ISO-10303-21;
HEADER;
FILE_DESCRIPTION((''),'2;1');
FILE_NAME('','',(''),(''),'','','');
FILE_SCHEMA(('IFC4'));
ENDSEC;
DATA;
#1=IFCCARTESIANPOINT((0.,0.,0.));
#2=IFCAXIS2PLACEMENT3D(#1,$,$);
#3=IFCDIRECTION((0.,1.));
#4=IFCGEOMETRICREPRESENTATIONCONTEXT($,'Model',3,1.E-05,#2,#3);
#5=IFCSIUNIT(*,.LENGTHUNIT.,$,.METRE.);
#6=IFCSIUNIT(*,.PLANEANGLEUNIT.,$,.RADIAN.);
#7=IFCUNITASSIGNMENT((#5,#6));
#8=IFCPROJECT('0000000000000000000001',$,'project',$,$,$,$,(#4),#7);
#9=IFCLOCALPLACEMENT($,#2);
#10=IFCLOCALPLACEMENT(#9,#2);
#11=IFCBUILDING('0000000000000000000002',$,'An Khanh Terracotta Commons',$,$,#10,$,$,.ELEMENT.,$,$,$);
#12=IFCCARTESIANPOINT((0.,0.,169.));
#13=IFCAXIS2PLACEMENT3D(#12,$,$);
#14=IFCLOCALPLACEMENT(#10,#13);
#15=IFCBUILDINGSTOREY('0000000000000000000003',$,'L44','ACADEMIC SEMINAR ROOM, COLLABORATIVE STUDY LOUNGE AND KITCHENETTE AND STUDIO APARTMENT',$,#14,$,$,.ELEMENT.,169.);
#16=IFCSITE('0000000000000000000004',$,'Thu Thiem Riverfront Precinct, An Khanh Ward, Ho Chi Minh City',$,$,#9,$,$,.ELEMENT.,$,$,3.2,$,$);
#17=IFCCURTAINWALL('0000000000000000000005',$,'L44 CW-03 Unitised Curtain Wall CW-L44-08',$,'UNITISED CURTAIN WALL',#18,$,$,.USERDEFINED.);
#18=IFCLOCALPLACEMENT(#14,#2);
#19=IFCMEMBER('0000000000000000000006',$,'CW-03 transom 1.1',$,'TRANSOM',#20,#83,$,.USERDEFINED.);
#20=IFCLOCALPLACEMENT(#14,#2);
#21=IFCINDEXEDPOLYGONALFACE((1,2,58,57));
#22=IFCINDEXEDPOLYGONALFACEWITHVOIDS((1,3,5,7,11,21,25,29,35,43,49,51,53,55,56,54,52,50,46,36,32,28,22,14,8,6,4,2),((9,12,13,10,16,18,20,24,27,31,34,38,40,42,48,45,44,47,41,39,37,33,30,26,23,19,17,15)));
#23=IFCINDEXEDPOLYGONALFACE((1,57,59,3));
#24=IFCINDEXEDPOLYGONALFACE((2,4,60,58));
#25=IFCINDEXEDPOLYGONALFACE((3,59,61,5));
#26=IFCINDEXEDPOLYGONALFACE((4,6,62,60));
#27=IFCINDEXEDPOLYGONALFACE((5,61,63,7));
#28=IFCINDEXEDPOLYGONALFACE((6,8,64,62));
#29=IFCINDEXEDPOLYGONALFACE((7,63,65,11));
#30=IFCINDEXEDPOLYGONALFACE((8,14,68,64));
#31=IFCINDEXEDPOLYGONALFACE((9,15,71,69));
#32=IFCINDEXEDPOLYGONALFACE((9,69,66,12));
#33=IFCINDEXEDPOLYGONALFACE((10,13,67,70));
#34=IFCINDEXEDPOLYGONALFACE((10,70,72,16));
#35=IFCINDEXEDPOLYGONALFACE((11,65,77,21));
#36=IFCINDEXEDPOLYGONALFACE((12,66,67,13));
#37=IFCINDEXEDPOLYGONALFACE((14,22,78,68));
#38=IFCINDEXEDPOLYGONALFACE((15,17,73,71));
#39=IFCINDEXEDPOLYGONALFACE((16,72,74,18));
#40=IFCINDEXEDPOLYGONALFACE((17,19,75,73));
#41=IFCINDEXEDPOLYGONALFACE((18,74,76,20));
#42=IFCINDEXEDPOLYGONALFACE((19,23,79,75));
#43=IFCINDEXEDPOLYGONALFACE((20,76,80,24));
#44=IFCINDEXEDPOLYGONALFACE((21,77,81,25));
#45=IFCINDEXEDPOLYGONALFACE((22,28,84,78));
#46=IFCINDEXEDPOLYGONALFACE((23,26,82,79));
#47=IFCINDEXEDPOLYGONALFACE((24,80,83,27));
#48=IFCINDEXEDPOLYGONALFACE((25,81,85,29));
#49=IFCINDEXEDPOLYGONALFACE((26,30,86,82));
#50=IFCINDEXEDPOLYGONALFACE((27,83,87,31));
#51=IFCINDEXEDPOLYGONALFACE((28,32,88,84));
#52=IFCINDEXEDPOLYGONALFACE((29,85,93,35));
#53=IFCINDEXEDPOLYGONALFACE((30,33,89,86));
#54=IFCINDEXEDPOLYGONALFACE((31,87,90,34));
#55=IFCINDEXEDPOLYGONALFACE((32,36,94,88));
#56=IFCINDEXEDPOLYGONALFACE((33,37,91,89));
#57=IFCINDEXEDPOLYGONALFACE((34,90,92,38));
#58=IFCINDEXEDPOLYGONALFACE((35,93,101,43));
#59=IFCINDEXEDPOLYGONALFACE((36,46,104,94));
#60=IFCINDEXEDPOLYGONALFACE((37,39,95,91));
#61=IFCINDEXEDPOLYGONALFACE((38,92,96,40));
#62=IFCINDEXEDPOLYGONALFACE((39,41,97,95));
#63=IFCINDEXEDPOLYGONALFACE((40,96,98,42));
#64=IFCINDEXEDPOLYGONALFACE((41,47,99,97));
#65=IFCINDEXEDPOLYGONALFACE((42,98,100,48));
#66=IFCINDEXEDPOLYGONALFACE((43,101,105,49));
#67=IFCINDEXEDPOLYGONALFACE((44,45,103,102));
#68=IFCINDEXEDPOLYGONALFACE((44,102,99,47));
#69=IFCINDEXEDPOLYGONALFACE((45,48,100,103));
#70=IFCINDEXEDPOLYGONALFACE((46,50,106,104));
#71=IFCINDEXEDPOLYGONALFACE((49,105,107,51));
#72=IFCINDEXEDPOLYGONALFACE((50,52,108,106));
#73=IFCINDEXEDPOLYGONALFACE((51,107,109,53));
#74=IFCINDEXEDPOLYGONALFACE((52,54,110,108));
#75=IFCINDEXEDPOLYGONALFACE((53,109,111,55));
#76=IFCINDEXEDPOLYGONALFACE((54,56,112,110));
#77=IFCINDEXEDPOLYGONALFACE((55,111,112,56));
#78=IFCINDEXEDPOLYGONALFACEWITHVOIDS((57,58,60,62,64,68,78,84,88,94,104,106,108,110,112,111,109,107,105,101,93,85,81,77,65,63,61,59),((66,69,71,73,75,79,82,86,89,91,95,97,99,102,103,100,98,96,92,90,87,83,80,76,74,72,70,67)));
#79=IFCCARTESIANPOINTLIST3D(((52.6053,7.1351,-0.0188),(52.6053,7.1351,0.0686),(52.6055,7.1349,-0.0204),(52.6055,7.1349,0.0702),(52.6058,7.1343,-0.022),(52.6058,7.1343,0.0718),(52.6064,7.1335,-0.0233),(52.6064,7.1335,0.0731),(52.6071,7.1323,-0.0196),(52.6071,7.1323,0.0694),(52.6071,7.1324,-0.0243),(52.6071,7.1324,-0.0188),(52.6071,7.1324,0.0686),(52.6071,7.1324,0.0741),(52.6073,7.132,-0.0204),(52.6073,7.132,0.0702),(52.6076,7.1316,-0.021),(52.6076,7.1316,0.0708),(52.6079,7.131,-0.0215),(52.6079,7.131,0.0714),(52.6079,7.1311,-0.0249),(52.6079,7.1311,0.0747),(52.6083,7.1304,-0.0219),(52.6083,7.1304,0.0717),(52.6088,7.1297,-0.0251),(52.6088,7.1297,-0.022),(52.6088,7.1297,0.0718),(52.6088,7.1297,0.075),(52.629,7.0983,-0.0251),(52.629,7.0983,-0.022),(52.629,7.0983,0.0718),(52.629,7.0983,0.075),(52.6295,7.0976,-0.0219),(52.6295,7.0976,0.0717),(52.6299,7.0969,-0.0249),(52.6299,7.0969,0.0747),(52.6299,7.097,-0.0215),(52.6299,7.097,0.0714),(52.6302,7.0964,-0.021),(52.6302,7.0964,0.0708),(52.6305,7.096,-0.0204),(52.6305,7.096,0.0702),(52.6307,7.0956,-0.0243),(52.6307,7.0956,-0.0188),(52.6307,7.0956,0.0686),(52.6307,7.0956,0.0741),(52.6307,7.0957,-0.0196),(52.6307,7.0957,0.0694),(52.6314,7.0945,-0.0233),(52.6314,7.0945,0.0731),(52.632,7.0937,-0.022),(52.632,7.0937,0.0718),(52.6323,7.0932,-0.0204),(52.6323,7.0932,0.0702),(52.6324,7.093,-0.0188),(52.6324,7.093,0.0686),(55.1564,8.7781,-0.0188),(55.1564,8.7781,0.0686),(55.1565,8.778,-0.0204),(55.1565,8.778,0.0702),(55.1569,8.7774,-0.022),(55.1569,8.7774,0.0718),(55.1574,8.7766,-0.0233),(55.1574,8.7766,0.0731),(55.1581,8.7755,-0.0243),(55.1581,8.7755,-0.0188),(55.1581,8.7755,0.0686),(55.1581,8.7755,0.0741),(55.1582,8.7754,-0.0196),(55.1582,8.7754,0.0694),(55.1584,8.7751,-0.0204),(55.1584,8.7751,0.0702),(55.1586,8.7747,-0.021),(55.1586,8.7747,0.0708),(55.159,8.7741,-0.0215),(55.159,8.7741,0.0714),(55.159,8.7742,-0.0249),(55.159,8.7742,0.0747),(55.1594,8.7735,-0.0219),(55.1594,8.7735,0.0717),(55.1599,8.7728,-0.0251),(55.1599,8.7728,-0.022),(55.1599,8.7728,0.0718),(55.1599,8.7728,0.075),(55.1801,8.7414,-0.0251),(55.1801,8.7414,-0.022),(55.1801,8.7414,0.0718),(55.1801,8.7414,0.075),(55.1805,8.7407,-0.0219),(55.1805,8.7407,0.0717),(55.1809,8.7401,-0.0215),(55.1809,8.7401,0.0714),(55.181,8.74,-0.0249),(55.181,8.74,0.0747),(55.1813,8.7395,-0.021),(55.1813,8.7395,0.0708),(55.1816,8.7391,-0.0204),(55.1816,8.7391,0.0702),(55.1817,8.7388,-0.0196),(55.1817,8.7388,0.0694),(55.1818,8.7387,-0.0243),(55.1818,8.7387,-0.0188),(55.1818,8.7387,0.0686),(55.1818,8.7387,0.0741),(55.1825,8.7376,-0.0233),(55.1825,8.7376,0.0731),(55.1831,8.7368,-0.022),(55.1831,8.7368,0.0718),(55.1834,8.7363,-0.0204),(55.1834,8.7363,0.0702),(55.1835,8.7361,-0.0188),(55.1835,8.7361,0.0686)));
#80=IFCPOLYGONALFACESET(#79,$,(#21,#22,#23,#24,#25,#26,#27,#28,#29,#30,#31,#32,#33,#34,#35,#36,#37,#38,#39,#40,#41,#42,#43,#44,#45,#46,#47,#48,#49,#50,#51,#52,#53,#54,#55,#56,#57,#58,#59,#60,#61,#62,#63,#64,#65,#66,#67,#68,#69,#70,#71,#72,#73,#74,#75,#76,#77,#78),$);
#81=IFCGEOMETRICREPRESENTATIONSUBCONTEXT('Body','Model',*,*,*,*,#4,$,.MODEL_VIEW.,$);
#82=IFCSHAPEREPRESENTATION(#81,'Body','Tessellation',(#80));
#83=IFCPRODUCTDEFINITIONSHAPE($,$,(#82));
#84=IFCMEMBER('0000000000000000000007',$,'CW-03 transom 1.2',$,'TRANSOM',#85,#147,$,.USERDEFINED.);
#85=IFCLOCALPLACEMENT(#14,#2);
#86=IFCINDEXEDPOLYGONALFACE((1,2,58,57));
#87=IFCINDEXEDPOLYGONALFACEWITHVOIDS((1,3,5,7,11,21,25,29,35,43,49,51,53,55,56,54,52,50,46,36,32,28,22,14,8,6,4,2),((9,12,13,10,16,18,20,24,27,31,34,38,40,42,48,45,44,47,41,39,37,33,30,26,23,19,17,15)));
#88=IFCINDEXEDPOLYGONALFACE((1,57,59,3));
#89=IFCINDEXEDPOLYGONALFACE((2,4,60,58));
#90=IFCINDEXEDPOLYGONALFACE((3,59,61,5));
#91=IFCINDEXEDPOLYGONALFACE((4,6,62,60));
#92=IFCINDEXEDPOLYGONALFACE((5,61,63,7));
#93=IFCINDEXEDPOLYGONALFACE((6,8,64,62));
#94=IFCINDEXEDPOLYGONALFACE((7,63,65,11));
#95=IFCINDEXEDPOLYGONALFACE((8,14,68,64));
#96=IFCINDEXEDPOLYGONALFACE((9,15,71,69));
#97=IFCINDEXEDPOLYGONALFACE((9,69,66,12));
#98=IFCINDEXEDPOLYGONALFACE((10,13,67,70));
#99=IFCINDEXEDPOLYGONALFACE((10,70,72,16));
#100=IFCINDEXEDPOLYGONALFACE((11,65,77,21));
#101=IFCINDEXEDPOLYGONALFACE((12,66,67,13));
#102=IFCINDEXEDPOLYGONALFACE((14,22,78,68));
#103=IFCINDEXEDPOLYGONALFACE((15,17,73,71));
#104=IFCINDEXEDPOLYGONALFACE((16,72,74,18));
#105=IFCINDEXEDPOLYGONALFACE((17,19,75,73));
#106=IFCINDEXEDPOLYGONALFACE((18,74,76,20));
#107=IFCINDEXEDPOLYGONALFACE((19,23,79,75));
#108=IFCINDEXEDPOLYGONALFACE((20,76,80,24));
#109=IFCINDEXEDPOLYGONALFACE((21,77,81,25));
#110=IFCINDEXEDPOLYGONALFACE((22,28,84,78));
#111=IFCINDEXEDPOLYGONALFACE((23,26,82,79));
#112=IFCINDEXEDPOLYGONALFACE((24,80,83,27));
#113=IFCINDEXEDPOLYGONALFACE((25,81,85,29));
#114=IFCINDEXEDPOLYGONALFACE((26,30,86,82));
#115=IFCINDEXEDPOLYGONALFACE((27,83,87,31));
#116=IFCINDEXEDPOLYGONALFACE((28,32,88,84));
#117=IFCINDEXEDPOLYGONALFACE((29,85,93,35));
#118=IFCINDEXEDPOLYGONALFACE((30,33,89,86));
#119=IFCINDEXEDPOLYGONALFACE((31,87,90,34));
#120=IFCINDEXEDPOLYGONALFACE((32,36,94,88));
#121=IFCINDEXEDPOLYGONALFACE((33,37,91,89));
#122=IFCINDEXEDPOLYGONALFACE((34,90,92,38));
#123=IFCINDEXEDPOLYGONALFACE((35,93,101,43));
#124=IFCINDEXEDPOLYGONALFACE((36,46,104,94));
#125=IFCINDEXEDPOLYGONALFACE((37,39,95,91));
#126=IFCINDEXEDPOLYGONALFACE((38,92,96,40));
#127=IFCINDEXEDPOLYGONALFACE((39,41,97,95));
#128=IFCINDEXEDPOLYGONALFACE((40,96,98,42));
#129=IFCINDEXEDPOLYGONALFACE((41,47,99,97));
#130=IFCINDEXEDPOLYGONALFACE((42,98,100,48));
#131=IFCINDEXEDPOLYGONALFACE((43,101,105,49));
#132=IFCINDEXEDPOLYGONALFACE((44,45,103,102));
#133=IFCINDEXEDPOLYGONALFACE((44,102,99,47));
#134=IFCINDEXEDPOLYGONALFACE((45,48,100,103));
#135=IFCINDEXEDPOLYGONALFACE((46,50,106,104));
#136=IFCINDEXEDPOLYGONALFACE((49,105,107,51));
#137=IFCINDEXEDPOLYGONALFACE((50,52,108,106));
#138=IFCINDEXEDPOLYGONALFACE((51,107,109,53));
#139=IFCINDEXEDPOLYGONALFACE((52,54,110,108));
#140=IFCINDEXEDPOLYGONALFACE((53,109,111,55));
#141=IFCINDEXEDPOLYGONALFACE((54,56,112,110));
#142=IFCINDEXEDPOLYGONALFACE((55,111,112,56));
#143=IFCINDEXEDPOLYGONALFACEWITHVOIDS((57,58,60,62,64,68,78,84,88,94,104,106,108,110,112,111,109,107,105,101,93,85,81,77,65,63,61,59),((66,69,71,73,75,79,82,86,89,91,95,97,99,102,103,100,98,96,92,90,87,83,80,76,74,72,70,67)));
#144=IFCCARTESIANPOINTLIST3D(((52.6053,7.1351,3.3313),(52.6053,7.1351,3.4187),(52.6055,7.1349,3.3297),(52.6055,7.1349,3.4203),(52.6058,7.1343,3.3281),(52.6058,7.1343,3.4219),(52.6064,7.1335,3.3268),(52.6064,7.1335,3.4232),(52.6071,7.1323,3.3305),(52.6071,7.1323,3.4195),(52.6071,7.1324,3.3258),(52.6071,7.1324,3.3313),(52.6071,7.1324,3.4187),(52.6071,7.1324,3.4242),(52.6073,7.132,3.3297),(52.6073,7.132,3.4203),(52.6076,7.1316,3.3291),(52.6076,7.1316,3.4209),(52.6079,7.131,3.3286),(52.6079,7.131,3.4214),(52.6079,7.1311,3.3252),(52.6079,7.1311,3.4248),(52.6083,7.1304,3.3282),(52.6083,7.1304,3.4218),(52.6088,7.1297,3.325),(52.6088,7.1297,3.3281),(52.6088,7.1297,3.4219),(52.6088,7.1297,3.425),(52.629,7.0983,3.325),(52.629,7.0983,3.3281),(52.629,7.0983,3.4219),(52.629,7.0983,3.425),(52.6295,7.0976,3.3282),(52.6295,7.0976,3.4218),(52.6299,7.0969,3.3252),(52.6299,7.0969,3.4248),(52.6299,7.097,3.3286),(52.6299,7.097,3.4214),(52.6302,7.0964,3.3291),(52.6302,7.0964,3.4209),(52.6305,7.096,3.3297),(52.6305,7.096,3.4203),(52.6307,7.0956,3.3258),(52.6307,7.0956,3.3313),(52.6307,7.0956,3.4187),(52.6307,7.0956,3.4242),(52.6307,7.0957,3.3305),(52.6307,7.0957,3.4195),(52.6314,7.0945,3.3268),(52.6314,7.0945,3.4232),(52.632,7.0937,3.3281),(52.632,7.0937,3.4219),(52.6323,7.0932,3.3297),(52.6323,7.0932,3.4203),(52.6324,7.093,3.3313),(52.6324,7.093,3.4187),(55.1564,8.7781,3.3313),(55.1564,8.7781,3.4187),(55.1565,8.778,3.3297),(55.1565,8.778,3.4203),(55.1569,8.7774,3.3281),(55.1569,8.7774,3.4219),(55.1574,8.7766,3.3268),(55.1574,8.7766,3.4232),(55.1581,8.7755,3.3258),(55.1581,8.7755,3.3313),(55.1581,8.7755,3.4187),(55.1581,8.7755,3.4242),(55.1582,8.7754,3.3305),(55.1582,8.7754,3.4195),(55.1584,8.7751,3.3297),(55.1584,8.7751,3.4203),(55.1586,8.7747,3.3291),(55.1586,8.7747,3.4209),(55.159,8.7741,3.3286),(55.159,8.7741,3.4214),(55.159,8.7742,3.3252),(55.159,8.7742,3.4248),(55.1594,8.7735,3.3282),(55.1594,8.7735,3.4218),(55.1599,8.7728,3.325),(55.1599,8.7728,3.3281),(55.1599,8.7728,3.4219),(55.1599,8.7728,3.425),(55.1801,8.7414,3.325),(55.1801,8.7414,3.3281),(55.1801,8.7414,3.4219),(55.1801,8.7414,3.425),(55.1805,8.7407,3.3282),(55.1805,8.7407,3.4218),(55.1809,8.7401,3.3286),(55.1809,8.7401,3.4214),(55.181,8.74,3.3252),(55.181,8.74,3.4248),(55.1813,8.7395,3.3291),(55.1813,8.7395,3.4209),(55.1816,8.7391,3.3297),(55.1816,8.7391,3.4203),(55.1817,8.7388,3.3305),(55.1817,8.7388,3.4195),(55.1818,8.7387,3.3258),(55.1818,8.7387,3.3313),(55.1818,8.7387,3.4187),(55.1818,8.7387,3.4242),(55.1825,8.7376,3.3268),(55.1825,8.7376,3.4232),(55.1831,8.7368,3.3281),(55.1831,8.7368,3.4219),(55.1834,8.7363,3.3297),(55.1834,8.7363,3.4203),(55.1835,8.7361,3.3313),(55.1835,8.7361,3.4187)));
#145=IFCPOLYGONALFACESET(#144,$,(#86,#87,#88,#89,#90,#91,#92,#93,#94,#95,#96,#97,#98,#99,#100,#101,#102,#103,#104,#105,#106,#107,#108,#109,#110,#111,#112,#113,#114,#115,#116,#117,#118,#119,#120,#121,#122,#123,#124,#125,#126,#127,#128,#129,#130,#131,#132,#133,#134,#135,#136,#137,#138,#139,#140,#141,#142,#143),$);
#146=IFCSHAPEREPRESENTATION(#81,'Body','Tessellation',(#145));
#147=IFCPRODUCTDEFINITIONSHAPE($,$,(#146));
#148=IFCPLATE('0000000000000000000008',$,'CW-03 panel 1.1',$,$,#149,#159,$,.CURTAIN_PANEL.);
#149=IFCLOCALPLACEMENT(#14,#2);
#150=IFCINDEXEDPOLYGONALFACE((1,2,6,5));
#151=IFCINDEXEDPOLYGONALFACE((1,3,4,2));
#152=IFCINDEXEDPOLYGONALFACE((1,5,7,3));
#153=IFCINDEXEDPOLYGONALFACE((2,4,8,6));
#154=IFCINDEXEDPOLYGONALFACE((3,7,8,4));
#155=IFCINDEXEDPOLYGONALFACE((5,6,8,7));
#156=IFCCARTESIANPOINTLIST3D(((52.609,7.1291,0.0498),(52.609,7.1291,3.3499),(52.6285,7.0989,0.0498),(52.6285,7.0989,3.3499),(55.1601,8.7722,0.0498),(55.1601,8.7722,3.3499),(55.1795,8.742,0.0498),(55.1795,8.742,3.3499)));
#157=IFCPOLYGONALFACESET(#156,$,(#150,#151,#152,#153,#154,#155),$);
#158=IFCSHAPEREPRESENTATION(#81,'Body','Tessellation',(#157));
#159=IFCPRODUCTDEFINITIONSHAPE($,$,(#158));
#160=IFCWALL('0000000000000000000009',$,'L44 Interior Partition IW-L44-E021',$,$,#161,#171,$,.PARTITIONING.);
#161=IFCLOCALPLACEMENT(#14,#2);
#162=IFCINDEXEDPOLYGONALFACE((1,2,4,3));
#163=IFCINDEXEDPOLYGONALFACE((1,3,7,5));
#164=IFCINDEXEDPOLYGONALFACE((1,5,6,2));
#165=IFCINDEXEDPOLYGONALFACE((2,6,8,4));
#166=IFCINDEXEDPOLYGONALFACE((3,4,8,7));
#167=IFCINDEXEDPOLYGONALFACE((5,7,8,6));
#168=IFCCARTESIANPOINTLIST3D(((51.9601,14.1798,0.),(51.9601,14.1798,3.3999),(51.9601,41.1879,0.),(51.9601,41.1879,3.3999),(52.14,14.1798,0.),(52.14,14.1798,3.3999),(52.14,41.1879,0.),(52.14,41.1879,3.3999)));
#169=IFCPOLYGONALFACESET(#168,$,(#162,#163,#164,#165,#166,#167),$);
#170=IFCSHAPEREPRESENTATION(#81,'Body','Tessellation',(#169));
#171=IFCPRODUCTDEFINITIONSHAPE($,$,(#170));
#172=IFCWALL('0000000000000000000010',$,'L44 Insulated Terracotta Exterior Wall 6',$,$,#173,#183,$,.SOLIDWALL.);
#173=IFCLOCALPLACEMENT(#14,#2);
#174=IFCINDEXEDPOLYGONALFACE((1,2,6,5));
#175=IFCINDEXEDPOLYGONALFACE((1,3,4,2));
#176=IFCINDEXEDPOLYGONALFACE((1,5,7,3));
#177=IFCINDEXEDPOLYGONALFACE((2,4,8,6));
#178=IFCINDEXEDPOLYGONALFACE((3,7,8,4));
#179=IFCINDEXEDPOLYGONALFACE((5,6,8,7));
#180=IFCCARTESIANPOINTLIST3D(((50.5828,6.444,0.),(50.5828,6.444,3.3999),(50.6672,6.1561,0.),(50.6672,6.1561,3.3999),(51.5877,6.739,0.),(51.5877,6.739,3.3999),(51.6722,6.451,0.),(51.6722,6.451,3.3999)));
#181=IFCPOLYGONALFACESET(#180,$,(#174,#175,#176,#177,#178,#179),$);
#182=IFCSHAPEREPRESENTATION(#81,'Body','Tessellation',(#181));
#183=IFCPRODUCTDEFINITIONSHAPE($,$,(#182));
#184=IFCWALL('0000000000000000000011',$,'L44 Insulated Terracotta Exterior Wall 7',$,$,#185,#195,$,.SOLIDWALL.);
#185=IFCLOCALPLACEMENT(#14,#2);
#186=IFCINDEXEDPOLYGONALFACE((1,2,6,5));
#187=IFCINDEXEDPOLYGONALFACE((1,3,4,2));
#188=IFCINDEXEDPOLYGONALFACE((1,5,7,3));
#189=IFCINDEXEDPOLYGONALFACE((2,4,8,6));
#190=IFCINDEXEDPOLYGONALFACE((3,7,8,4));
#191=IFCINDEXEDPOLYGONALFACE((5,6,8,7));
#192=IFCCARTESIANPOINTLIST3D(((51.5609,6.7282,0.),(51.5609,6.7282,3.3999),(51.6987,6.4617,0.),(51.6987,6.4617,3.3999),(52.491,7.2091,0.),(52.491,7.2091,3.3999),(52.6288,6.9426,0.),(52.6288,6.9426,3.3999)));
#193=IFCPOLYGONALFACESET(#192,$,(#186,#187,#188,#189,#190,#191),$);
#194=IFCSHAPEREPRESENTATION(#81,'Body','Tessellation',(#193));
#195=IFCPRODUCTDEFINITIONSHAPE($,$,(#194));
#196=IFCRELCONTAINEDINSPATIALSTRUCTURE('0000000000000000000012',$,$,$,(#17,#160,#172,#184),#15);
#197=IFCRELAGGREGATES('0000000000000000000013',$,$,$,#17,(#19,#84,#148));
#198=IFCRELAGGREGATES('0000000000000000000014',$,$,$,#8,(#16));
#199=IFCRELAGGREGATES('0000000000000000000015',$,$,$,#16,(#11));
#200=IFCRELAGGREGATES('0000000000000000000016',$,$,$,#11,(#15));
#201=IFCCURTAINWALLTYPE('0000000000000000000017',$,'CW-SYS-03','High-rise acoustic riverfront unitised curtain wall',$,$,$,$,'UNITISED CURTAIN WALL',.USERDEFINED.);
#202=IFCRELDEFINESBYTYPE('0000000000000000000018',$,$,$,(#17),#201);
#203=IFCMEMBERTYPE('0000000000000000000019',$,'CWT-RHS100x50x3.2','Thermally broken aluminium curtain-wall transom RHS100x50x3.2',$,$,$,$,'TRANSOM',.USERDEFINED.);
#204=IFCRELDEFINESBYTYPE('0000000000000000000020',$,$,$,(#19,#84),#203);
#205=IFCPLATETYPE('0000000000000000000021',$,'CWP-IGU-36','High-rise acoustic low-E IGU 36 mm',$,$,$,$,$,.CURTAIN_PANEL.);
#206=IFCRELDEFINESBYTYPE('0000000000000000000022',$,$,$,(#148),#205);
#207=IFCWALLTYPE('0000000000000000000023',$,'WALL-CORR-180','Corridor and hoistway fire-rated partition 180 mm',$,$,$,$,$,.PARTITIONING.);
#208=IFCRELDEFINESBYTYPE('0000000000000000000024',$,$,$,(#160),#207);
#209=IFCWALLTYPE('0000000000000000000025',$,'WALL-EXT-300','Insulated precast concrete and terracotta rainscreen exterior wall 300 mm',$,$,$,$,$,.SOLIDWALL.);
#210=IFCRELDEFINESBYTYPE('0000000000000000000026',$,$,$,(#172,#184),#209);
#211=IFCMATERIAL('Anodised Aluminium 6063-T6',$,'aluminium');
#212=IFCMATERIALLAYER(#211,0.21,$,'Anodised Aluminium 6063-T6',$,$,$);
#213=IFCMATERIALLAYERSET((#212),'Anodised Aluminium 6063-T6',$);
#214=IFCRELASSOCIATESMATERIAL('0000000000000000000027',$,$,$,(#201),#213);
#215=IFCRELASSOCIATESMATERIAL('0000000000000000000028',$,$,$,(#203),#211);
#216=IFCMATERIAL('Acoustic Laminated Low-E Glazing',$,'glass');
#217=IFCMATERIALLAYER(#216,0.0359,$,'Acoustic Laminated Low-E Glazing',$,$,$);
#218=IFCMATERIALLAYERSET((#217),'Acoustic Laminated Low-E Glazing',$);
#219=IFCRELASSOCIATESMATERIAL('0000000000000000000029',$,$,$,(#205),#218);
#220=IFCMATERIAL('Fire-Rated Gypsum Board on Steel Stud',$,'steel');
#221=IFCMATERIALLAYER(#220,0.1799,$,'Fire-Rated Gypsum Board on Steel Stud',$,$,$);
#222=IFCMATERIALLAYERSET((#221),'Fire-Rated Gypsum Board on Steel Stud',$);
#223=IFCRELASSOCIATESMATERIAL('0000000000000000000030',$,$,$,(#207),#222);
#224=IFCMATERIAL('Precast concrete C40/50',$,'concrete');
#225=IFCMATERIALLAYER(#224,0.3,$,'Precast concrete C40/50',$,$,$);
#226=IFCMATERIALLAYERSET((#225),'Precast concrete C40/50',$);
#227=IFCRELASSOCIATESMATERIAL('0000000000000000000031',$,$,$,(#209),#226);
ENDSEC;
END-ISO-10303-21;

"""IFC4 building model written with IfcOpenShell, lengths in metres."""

from ifc_helpers import new_model, si_unit, direction, frame, frame_2d, origin, origin_2d, place, context, subcontext, project, spatial, rectangle, hollow_rectangle, extrude, material, layer, layer_set, material_profile, profile_set, type_object, element, aggregate, save


model = new_model("IFC4")

# Units and contexts
model_context = context("Model", 3, precision=1e-05, world=origin(), true_north=direction((0.0, 1.0)))
body_context = subcontext(model_context, "Body", "Model", "MODEL_VIEW")
ifc_project = project(units=[si_unit("LENGTHUNIT", "METRE"), si_unit("PLANEANGLEUNIT", "RADIAN")], contexts=[model_context])

# Site, building, storey
site_placement = place(None, origin())
site = spatial("IfcSite", under=ifc_project, at=site_placement, Name="Thu Thiem Riverfront Precinct, An Khanh Ward, Ho Chi Minh City", CompositionType="ELEMENT", RefElevation=3.2)
building_placement = place(site_placement, origin())
building = spatial("IfcBuilding", under=site, at=building_placement, Name="An Khanh Terracotta Commons", CompositionType="ELEMENT")
storey_placement = place(building_placement, frame((0.0, 0.0, 169.0)))
storey = spatial("IfcBuildingStorey", under=building, at=storey_placement, Name="L44", Description="ACADEMIC SEMINAR ROOM, COLLABORATIVE STUDY LOUNGE AND KITCHENETTE AND STUDIO APARTMENT", CompositionType="ELEMENT", Elevation=169.0)

# Curtain wall, members, plate
ifc_material_1 = material(Name="Anodised Aluminium 6063-T6", Category="aluminium")
ifc_layer_1 = layer(ifc_material_1, 0.21, Name="Anodised Aluminium 6063-T6")
ifc_layer_set_1 = layer_set([ifc_layer_1], Name="Anodised Aluminium 6063-T6")
curtain_wall_type = type_object("IfcCurtainWallType", Name="CW-SYS-03", Description="High-rise acoustic riverfront unitised curtain wall", ElementType="UNITISED CURTAIN WALL", PredefinedType="USERDEFINED", material=ifc_layer_set_1)
curtain_wall_placement = place(storey_placement, origin())
curtain_wall = element("IfcCurtainWall", 1, at=curtain_wall_placement, inside=storey, type_object=curtain_wall_type, Name="L44 CW-03 Unitised Curtain Wall CW-L44-08", ObjectType="UNITISED CURTAIN WALL", PredefinedType="USERDEFINED")
ifc_material_profile_1 = material_profile(ifc_material_1, hollow_rectangle(XDim=0.05, YDim=0.1001, WallThickness=0.0032, InnerFilletRadius=0.0032, OuterFilletRadius=0.0063, at=origin_2d()), Name="RHS100x50x3.2")
ifc_profile_set_1 = profile_set([ifc_material_profile_1], Name="Anodised Aluminium 6063-T6")
member_type_1 = type_object("IfcMemberType", Name="CWT-RHS100x50x3.2", Description="Thermally broken aluminium curtain-wall transom RHS100x50x3.2", ElementType="TRANSOM", PredefinedType="USERDEFINED", material=ifc_profile_set_1)
member_1_placement = place(storey_placement, frame((52.6189, 7.114, 0.0249), z_axis=(0.84071, 0.541485, 0.0), x_axis=(-0.541485, 0.84071, 0.0)))
member_1 = element("IfcMember", 2, at=member_1_placement, type_object=member_type_1, Name="CW-03 transom 1.1", ObjectType="TRANSOM", PredefinedType="USERDEFINED", context=body_context, shape_type="SweptSolid", body=[
    extrude(hollow_rectangle(XDim=0.05, YDim=0.1001, WallThickness=0.0032, InnerFilletRadius=0.0032, OuterFilletRadius=0.0063, at=origin_2d()), origin(), (0.0, 0.0, 1.0), 3.0344),
])
member_2_placement = place(storey_placement, frame((52.6189, 7.114, 3.375), z_axis=(0.84071, 0.541485, 0.0), x_axis=(-0.541485, 0.84071, 0.0)))
member_2 = element("IfcMember", 3, at=member_2_placement, type_object=member_type_1, Name="CW-03 transom 1.2", ObjectType="TRANSOM", PredefinedType="USERDEFINED", context=body_context, shape_type="SweptSolid", body=[
    extrude(hollow_rectangle(XDim=0.05, YDim=0.1001, WallThickness=0.0032, InnerFilletRadius=0.0032, OuterFilletRadius=0.0063, at=origin_2d()), origin(), (0.0, 0.0, 1.0), 3.0344),
])
ifc_material_2 = material(Name="Acoustic Laminated Low-E Glazing", Category="glass")
ifc_layer_2 = layer(ifc_material_2, 0.0359, Name="Acoustic Laminated Low-E Glazing")
ifc_layer_set_2 = layer_set([ifc_layer_2], Name="Acoustic Laminated Low-E Glazing")
plate_type = type_object("IfcPlateType", Name="CWP-IGU-36", Description="High-rise acoustic low-E IGU 36 mm", PredefinedType="CURTAIN_PANEL", material=ifc_layer_set_2)
plate_placement = place(storey_placement, frame((53.8943, 7.9355, 0.0498), z_axis=(0.0, 0.0, 1.0), x_axis=(0.840702, 0.541498, 0.0)))
plate = element("IfcPlate", 4, at=plate_placement, type_object=plate_type, Name="CW-03 panel 1.1", PredefinedType="CURTAIN_PANEL", context=body_context, shape_type="SweptSolid", body=[
    extrude(rectangle(XDim=3.0344, YDim=0.0359, at=origin_2d()), origin(), (0.0, 0.0, 1.0), 3.3),
])
aggregate(curtain_wall, [member_1, member_2, plate])

# Walls
ifc_material_3 = material(Name="Fire-Rated Gypsum Board on Steel Stud", Category="steel")
ifc_layer_3 = layer(ifc_material_3, 0.1799, Name="Fire-Rated Gypsum Board on Steel Stud")
ifc_layer_set_3 = layer_set([ifc_layer_3], Name="Fire-Rated Gypsum Board on Steel Stud")
wall_type_1 = type_object("IfcWallType", Name="WALL-CORR-180", Description="Corridor and hoistway fire-rated partition 180 mm", PredefinedType="PARTITIONING", material=ifc_layer_set_3)
wall_1_placement = place(storey_placement, frame((52.05, 14.1799, 0.0), z_axis=(0.0, 0.0, 1.0), x_axis=(0.0, 1.0, 0.0)))
element("IfcWall", 5, at=wall_1_placement, inside=storey, type_object=wall_type_1, Name="L44 Interior Partition IW-L44-E021", PredefinedType="PARTITIONING", context=body_context, shape_type="SweptSolid", body=[
    extrude(rectangle(XDim=27.0081, YDim=0.1799, at=frame_2d((13.5039, 0.0))), origin(), (0.0, 0.0, 1.0), 3.3999),
])
ifc_material_4 = material(Name="Precast concrete C40/50", Category="concrete")
ifc_layer_4 = layer(ifc_material_4, 0.3, Name="Precast concrete C40/50")
ifc_layer_set_4 = layer_set([ifc_layer_4], Name="Precast concrete C40/50")
wall_type_2 = type_object("IfcWallType", Name="WALL-EXT-300", Description="Insulated precast concrete and terracotta rainscreen exterior wall 300 mm", PredefinedType="SOLIDWALL", material=ifc_layer_set_4)
wall_2_placement = place(storey_placement, frame((50.625, 6.3, 0.0), z_axis=(0.0, 0.0, 1.0), x_axis=(0.959529, 0.281611, 0.0)))
element("IfcWall", 6, at=wall_2_placement, inside=storey, type_object=wall_type_2, Name="L44 Insulated Terracotta Exterior Wall 6", PredefinedType="SOLIDWALL", context=body_context, shape_type="SweptSolid", body=[
    extrude(rectangle(XDim=1.0474, YDim=0.3, at=frame_2d((0.5237, 0.0))), origin(), (0.0, 0.0, 1.0), 3.3999),
])
wall_3_placement = place(storey_placement, frame((51.6299, 6.595, 0.0), z_axis=(0.0, 0.0, 1.0), x_axis=(0.888283, 0.459296, 0.0)))
element("IfcWall", 7, at=wall_3_placement, inside=storey, type_object=wall_type_2, Name="L44 Insulated Terracotta Exterior Wall 7", PredefinedType="SOLIDWALL", context=body_context, shape_type="SweptSolid", body=[
    extrude(rectangle(XDim=1.0471, YDim=0.3, at=frame_2d((0.5234, 0.0))), origin(), (0.0, 0.0, 1.0), 3.3999),
])

save(model, "model.ifc")
